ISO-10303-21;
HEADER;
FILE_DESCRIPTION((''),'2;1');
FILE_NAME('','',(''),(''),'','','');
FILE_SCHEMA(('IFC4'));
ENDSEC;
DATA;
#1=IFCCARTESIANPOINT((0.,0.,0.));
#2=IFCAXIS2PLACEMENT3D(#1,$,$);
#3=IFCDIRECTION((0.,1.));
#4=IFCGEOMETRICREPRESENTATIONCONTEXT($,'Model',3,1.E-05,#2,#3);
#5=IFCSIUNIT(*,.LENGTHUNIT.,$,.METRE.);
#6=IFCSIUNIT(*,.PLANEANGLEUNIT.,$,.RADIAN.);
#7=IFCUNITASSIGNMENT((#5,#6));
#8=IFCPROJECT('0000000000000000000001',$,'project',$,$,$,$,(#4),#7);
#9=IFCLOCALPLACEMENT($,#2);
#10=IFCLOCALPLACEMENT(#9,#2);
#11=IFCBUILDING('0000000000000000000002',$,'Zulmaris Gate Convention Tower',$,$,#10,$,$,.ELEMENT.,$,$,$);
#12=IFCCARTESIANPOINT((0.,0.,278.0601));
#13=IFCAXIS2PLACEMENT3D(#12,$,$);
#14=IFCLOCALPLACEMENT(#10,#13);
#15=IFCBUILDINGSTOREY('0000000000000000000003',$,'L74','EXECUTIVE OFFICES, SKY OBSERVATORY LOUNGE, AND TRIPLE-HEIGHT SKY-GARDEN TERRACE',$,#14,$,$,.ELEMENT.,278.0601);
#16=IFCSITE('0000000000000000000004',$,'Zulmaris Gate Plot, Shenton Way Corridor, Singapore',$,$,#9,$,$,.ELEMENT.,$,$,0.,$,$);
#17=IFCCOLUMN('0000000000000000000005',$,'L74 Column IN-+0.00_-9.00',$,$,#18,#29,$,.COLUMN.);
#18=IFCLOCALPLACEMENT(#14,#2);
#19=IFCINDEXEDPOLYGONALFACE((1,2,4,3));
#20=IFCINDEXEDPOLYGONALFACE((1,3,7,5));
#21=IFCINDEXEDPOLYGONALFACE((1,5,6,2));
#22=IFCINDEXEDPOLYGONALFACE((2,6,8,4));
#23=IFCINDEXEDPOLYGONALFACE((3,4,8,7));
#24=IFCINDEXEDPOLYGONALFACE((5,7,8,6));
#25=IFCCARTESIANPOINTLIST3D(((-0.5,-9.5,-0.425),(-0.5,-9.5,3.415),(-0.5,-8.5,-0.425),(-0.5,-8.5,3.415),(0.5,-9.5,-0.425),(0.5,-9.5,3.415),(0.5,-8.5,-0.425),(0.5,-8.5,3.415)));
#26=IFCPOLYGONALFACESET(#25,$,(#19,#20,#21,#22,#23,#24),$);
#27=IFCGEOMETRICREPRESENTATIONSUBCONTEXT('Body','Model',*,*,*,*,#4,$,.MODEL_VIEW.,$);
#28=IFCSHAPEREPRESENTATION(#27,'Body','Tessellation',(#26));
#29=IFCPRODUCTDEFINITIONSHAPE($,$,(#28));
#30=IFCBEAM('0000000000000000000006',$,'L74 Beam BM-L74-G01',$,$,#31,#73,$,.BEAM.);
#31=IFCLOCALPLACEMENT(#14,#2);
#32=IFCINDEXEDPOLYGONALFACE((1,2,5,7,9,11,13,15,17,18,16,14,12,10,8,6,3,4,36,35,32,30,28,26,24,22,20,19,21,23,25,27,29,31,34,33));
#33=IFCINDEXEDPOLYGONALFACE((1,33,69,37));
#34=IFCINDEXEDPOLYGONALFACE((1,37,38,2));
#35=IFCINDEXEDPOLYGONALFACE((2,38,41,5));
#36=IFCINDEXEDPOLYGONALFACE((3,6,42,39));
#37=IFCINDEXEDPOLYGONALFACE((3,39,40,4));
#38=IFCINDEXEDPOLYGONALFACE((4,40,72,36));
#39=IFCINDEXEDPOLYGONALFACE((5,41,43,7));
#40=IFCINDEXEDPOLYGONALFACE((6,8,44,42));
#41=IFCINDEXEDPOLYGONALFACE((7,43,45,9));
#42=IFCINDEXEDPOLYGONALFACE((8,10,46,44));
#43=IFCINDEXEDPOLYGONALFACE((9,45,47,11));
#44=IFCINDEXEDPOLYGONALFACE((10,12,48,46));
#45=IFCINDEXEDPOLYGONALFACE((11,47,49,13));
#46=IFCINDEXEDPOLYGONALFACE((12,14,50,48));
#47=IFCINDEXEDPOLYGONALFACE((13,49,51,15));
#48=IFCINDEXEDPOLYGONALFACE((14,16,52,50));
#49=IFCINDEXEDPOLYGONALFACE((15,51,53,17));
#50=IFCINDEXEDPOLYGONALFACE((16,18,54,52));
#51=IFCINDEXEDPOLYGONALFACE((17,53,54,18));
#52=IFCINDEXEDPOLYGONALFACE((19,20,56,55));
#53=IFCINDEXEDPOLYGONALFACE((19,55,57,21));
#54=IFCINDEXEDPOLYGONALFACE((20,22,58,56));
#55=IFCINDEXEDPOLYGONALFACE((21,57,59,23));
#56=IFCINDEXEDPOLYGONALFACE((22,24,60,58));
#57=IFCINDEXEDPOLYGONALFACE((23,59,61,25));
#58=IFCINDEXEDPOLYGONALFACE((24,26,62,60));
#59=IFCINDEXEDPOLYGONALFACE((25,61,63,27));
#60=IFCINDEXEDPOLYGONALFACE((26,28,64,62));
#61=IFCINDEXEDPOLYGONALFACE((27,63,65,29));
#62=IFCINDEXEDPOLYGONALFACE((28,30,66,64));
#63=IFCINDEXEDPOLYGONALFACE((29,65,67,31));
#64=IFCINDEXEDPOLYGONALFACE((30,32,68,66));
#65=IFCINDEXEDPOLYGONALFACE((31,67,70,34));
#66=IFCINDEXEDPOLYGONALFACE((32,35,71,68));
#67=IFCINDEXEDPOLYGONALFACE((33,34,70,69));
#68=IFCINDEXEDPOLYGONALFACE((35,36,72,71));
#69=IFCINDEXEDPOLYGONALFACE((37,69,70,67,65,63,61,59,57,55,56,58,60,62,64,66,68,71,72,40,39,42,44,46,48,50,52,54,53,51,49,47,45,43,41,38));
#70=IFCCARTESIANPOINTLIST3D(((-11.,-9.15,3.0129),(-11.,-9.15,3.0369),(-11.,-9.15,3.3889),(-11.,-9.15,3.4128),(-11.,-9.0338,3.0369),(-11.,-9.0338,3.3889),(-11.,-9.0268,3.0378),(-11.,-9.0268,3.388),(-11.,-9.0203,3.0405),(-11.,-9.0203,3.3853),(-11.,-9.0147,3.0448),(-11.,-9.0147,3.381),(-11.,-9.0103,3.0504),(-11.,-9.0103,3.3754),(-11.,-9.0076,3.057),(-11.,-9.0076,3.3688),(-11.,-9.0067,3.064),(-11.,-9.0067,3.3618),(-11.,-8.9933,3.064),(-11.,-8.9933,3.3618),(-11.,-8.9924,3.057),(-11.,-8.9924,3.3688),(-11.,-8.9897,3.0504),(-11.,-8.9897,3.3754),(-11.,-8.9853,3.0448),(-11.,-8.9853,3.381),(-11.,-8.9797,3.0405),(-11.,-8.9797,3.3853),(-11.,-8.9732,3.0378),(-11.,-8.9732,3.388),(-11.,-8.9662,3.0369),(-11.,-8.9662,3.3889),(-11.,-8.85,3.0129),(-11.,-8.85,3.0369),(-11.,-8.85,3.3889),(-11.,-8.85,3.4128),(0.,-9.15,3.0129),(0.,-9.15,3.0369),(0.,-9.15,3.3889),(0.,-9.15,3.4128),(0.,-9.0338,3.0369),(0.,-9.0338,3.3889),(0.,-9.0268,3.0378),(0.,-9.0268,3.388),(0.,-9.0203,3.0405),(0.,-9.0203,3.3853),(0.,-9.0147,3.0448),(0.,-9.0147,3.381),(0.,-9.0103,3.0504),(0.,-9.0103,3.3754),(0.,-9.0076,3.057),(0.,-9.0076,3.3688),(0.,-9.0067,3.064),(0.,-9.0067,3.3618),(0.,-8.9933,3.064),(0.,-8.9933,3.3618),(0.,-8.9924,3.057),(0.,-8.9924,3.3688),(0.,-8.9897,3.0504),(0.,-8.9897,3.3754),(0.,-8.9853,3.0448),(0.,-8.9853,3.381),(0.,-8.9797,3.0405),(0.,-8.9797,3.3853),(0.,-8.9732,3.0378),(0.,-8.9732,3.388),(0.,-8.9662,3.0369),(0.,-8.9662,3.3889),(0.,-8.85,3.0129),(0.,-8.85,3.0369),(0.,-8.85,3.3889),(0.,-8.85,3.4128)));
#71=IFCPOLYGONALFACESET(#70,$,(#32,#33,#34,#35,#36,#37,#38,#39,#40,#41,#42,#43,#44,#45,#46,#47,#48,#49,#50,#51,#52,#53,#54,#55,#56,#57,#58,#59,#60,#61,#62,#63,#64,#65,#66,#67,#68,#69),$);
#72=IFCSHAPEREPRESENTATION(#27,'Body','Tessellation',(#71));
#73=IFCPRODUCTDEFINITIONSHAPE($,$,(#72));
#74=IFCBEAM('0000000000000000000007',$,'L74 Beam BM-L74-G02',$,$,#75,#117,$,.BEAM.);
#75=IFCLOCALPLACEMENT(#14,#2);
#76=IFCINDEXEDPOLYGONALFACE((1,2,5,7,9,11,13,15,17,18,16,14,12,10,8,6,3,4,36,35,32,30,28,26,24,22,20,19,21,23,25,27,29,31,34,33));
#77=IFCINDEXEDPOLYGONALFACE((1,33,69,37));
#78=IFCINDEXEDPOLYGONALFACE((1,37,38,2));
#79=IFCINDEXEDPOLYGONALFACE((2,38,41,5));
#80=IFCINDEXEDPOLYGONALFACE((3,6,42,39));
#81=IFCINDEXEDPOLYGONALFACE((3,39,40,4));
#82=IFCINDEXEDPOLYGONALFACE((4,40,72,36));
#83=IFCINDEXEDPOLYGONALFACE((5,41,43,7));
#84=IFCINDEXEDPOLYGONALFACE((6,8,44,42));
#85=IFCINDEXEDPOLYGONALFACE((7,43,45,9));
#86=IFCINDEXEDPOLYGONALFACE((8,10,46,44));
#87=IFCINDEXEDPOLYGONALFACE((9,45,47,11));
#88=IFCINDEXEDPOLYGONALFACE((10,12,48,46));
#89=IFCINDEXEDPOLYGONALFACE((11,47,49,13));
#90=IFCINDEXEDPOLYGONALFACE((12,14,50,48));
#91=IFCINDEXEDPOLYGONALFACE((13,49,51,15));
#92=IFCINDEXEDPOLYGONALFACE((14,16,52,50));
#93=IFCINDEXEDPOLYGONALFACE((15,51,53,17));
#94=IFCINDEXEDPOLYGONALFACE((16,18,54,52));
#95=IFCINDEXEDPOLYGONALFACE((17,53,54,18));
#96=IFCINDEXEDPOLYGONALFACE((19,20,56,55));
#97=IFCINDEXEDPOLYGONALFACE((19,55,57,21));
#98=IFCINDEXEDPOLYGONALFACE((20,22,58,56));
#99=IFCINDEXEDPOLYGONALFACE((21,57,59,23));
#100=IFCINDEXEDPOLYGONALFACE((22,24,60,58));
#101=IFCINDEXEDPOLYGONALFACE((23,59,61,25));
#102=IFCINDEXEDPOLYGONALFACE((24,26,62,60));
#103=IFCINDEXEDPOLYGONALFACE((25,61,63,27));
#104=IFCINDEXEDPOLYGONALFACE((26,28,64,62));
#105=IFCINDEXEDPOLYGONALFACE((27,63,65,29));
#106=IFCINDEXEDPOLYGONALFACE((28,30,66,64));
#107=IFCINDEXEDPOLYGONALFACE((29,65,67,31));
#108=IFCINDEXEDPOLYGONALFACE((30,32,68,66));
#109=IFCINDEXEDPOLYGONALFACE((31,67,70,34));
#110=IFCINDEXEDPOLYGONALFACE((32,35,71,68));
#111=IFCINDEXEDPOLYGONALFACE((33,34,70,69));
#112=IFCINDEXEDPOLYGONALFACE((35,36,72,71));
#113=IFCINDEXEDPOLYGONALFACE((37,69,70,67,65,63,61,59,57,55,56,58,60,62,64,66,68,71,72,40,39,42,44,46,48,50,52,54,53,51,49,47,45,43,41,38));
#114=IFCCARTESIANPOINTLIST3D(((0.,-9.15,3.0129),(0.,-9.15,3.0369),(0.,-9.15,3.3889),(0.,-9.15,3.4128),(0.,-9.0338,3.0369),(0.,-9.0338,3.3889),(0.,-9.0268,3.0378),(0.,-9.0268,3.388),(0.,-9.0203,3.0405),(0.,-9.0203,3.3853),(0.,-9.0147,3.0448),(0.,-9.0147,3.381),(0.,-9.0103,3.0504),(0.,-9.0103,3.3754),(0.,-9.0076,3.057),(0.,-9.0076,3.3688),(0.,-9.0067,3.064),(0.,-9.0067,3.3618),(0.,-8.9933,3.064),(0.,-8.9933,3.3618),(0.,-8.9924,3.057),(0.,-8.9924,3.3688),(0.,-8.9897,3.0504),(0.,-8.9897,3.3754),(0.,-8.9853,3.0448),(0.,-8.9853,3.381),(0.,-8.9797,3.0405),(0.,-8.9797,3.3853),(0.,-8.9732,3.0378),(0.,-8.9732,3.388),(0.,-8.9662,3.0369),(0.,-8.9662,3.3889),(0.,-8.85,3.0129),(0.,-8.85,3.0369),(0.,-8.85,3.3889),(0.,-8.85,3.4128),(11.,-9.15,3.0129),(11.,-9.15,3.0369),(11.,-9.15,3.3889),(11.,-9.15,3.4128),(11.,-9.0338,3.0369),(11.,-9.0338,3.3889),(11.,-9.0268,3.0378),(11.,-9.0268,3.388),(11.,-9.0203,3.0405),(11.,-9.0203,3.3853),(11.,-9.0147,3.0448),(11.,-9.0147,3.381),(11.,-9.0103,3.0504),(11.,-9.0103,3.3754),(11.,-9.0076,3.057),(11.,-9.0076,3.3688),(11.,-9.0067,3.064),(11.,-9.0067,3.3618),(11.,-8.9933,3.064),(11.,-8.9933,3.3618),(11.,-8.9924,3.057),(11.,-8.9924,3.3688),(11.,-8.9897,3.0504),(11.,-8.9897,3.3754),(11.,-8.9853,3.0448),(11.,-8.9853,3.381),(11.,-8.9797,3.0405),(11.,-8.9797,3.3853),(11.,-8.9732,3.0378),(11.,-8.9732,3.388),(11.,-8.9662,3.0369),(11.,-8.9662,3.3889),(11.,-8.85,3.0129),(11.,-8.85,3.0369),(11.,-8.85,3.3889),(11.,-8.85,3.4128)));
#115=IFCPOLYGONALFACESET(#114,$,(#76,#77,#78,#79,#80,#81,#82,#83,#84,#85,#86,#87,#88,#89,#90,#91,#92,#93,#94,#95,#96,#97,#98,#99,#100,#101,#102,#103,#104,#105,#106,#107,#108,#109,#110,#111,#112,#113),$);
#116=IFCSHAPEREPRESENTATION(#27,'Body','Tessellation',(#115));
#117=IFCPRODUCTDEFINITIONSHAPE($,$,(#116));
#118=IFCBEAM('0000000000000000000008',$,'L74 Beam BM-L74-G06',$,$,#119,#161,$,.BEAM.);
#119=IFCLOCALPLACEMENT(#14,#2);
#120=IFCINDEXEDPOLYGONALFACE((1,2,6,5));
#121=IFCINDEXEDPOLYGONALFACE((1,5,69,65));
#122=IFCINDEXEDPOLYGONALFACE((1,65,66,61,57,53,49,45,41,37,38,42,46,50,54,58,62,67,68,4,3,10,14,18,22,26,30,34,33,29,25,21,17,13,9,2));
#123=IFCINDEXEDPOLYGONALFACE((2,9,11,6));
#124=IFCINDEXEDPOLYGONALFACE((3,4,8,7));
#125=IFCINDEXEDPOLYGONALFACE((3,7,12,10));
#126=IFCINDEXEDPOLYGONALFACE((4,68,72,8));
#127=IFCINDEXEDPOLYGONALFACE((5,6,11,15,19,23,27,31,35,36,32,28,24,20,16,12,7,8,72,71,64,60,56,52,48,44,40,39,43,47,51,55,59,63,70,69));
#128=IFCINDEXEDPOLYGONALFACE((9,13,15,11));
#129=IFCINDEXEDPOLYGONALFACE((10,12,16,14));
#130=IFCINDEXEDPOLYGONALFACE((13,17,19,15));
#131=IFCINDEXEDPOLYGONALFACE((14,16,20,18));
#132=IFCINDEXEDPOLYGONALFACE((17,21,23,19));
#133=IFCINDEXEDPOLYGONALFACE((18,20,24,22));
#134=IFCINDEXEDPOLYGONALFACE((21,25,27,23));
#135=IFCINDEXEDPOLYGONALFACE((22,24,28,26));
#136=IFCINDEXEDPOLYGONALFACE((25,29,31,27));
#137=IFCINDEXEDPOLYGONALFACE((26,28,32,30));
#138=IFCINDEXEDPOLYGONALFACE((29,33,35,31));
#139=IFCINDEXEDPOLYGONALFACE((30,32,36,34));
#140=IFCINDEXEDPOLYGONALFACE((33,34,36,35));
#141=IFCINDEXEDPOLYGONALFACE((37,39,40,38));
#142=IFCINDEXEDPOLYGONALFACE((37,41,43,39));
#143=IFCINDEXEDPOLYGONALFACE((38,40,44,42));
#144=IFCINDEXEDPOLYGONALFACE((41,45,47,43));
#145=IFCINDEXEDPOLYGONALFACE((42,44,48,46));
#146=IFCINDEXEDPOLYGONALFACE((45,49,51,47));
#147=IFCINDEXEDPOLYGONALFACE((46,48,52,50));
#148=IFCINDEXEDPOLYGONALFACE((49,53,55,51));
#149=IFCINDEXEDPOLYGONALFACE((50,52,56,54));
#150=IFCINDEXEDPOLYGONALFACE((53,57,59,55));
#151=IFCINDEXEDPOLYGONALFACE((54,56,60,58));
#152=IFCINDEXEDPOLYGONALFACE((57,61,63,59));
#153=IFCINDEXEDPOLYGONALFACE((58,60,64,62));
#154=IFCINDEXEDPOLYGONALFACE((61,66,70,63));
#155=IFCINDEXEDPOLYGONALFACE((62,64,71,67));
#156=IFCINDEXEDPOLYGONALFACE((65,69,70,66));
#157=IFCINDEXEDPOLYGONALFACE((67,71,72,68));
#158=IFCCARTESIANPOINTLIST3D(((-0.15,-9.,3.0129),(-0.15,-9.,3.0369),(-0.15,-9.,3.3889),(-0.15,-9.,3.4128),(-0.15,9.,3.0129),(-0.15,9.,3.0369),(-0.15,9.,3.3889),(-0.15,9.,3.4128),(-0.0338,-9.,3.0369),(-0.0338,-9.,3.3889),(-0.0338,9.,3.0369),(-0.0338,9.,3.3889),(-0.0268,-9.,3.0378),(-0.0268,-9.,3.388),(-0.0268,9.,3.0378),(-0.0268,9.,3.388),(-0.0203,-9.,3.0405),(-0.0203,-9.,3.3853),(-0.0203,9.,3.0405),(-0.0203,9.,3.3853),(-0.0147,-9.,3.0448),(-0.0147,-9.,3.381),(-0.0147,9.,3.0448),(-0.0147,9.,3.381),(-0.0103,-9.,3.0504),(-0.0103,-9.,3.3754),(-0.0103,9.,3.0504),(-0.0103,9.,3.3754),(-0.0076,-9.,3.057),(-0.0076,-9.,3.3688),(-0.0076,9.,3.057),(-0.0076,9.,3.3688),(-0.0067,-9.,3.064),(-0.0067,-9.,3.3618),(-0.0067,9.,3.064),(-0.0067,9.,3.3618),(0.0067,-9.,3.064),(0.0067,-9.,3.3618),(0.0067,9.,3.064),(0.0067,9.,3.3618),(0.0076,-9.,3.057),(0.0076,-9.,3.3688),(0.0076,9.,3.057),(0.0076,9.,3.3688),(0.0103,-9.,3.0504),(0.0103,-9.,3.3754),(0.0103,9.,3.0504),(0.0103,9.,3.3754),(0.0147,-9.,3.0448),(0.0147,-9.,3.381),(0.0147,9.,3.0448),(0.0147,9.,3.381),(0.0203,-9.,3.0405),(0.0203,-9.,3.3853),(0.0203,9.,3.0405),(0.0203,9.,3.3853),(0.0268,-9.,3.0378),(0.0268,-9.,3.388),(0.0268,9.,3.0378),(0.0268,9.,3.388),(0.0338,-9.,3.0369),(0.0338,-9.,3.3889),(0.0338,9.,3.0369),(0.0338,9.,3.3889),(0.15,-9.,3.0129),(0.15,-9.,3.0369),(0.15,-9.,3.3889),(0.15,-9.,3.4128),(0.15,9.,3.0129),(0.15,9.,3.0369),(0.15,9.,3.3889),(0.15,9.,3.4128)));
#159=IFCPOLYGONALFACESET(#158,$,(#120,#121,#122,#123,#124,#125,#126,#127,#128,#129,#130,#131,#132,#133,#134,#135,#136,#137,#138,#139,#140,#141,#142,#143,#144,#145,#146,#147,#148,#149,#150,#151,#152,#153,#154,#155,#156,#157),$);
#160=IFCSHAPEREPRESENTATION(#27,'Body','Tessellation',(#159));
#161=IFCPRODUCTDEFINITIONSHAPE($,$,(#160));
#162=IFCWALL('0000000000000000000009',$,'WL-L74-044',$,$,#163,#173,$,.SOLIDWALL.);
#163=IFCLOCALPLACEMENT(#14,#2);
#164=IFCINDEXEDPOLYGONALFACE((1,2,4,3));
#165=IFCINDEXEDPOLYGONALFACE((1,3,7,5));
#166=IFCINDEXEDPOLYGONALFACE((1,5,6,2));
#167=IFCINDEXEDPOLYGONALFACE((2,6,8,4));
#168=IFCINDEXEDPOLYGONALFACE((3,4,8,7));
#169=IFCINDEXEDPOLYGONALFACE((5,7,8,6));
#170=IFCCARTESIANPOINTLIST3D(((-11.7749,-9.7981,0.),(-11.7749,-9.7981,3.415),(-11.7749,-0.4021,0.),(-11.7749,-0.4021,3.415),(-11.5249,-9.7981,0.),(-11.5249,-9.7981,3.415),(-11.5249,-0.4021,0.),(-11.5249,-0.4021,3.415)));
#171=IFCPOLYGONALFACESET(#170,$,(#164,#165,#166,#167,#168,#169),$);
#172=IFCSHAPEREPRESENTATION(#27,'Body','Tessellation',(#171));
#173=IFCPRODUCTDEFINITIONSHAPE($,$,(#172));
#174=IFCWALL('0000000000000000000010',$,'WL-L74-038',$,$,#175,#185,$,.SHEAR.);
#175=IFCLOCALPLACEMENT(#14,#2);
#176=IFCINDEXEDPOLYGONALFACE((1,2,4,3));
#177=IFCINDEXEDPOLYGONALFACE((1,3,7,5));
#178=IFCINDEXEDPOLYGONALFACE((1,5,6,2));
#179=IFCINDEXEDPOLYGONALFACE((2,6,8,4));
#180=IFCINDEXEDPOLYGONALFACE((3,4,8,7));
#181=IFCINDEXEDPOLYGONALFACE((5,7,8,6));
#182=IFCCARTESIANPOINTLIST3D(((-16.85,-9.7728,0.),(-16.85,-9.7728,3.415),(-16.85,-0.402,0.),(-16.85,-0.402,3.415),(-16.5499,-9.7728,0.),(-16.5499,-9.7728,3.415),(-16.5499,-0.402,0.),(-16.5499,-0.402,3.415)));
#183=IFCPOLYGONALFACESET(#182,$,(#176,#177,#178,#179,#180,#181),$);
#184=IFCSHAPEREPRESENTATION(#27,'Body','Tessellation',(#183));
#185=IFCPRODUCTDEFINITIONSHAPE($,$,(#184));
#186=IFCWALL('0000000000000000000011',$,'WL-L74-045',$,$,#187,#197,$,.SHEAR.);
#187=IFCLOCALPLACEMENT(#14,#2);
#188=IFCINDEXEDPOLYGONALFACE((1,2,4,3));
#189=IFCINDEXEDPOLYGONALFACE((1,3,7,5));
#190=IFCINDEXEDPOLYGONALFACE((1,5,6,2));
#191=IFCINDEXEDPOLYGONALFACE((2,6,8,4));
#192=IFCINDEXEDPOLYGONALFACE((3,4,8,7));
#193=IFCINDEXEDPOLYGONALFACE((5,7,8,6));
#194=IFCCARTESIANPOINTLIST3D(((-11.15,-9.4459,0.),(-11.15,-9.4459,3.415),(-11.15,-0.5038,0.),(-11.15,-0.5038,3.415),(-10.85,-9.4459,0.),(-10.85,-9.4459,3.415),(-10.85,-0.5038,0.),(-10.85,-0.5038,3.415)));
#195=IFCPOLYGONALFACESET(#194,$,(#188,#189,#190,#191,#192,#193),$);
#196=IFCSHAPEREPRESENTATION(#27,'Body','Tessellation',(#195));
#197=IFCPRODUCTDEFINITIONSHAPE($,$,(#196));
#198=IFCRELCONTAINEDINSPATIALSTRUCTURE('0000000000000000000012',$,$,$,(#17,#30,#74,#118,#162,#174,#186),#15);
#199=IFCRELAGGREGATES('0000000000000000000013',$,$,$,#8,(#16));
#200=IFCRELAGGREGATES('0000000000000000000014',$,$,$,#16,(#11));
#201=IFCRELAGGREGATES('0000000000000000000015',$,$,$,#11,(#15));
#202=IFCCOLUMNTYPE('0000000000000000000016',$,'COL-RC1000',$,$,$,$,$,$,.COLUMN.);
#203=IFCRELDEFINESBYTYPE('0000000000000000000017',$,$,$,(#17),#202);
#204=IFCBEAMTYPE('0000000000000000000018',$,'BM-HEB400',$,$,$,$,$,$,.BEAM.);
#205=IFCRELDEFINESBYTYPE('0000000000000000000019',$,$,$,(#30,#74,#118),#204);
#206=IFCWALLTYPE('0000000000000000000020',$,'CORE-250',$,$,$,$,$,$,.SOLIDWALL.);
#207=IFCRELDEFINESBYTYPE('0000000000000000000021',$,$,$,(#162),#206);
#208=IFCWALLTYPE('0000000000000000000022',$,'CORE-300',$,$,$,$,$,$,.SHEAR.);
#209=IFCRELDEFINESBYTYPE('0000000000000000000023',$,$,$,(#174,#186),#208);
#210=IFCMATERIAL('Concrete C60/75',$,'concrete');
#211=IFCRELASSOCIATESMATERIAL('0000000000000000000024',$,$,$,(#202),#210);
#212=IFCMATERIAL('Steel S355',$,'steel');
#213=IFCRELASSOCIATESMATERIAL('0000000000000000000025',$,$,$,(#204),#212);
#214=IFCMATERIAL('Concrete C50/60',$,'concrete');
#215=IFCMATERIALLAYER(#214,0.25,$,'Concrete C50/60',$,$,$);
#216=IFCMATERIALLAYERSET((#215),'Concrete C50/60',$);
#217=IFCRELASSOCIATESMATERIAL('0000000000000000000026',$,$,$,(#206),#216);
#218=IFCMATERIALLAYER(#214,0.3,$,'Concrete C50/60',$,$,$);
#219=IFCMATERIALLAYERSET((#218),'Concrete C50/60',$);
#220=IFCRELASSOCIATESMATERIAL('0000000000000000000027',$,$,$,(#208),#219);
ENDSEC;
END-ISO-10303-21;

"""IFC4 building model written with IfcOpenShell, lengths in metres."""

from ifc_helpers import new_model, si_unit, direction, frame, frame_2d, origin, origin_2d, place, context, subcontext, project, spatial, rectangle, i_section, extrude, material, layer, layer_set, material_profile, profile_set, type_object, element, save


model = new_model("IFC4")

# Units and contexts
model_context = context("Model", 3, precision=1e-05, world=origin(), true_north=direction((0.0, 1.0)))
body_context = subcontext(model_context, "Body", "Model", "MODEL_VIEW")
ifc_project = project(units=[si_unit("LENGTHUNIT", "METRE"), si_unit("PLANEANGLEUNIT", "RADIAN")], contexts=[model_context])

# Site, building, storey
site_placement = place(None, origin())
site = spatial("IfcSite", under=ifc_project, at=site_placement, Name="Zulmaris Gate Plot, Shenton Way Corridor, Singapore", CompositionType="ELEMENT", RefElevation=0.0)
building_placement = place(site_placement, origin())
building = spatial("IfcBuilding", under=site, at=building_placement, Name="Zulmaris Gate Convention Tower", CompositionType="ELEMENT")
storey_placement = place(building_placement, frame((0.0, 0.0, 278.0601)))
storey = spatial("IfcBuildingStorey", under=building, at=storey_placement, Name="L74", Description="EXECUTIVE OFFICES, SKY OBSERVATORY LOUNGE, AND TRIPLE-HEIGHT SKY-GARDEN TERRACE", CompositionType="ELEMENT", Elevation=278.0601)

# Column
ifc_material_1 = material(Name="Concrete C60/75", Category="concrete")
ifc_material_profile_1 = material_profile(ifc_material_1, rectangle(XDim=1.0, YDim=1.0, at=origin_2d()), Name="RC COL 1000x1000")
ifc_profile_set_1 = profile_set([ifc_material_profile_1], Name="Concrete C60/75")
column_type = type_object("IfcColumnType", Name="COL-RC1000", PredefinedType="COLUMN", material=ifc_profile_set_1)
column_placement = place(storey_placement, frame((0.0, -9.0, -0.425), z_axis=(0.0, 0.0, 1.0), x_axis=(1.0, 0.0, 0.0)))
element("IfcColumn", 1, at=column_placement, inside=storey, type_object=column_type, Name="L74 Column IN-+0.00_-9.00", PredefinedType="COLUMN", context=body_context, shape_type="SweptSolid", body=[
    extrude(rectangle(XDim=1.0, YDim=1.0, at=origin_2d()), origin(), (0.0, 0.0, 1.0), 3.8401),
])

# Beams
ifc_material_2 = material(Name="Steel S355", Category="steel")
ifc_material_profile_2 = material_profile(ifc_material_2, i_section(OverallWidth=0.3, OverallDepth=0.3999, WebThickness=0.0134, FlangeThickness=0.0239, FilletRadius=0.0271, at=origin_2d()), Name="HEB 400")
ifc_profile_set_2 = profile_set([ifc_material_profile_2], Name="Steel S355")
beam_type = type_object("IfcBeamType", Name="BM-HEB400", PredefinedType="BEAM", material=ifc_profile_set_2)
for number, where, z_axis, x_axis, name in (
    (2, (-11.0, -9.0, 3.2129), (1.0, 0.0, 0.0), (0.0, 1.0, 0.0), "L74 Beam BM-L74-G01"),
    (3, (0.0, -9.0, 3.2129), (1.0, 0.0, 0.0), (0.0, 1.0, 0.0), "L74 Beam BM-L74-G02"),
):
    element("IfcBeam", number, at=place(storey_placement, frame(where, z_axis=z_axis, x_axis=x_axis)), inside=storey, type_object=beam_type, Name=name, PredefinedType="BEAM", context=body_context, shape_type="SweptSolid", body=[
        extrude(i_section(OverallWidth=0.3, OverallDepth=0.3999, WebThickness=0.0134, FlangeThickness=0.0239, FilletRadius=0.0271, at=origin_2d()), origin(), (0.0, 0.0, 1.0), 11.0),
    ])
beam_placement = place(storey_placement, frame((0.0, -9.0, 3.2129), z_axis=(0.0, 1.0, 0.0), x_axis=(-1.0, 0.0, 0.0)))
element("IfcBeam", 4, at=beam_placement, inside=storey, type_object=beam_type, Name="L74 Beam BM-L74-G06", PredefinedType="BEAM", context=body_context, shape_type="SweptSolid", body=[
    extrude(i_section(OverallWidth=0.3, OverallDepth=0.3999, WebThickness=0.0134, FlangeThickness=0.0239, FilletRadius=0.0271, at=origin_2d()), origin(), (0.0, 0.0, 1.0), 18.0),
])

# Walls
ifc_material_3 = material(Name="Concrete C50/60", Category="concrete")
ifc_layer_1 = layer(ifc_material_3, 0.25, Name="Concrete C50/60")
ifc_layer_set_1 = layer_set([ifc_layer_1], Name="Concrete C50/60")
wall_type_1 = type_object("IfcWallType", Name="CORE-250", PredefinedType="SOLIDWALL", material=ifc_layer_set_1)
wall_1_placement = place(storey_placement, frame((-11.6499, -9.7981, 0.0), z_axis=(0.0, 0.0, 1.0), x_axis=(0.0, 1.0, 0.0)))
element("IfcWall", 5, at=wall_1_placement, inside=storey, type_object=wall_type_1, Name="WL-L74-044", PredefinedType="SOLIDWALL", context=body_context, shape_type="SweptSolid", body=[
    extrude(rectangle(XDim=9.396, YDim=0.25, at=frame_2d((4.698, 0.0))), origin(), (0.0, 0.0, 1.0), 3.415),
])
ifc_layer_2 = layer(ifc_material_3, 0.3, Name="Concrete C50/60")
ifc_layer_set_2 = layer_set([ifc_layer_2], Name="Concrete C50/60")
wall_type_2 = type_object("IfcWallType", Name="CORE-300", PredefinedType="SHEAR", material=ifc_layer_set_2)
wall_2_placement = place(storey_placement, frame((-16.7, -9.7729, 0.0), z_axis=(0.0, 0.0, 1.0), x_axis=(0.0, 1.0, 0.0)))
element("IfcWall", 6, at=wall_2_placement, inside=storey, type_object=wall_type_2, Name="WL-L74-038", PredefinedType="SHEAR", context=body_context, shape_type="SweptSolid", body=[
    extrude(rectangle(XDim=9.3708, YDim=0.3, at=frame_2d((4.6855, 0.0))), origin(), (0.0, 0.0, 1.0), 3.415),
])
wall_3_placement = place(storey_placement, frame((-11.0, -9.446, 0.0), z_axis=(0.0, 0.0, 1.0), x_axis=(0.0, 1.0, 0.0)))
element("IfcWall", 7, at=wall_3_placement, inside=storey, type_object=wall_type_2, Name="WL-L74-045", PredefinedType="SHEAR", context=body_context, shape_type="SweptSolid", body=[
    extrude(rectangle(XDim=8.9421, YDim=0.3, at=frame_2d((4.4712, 0.0))), origin(), (0.0, 0.0, 1.0), 3.415),
])

save(model, "model.ifc")
